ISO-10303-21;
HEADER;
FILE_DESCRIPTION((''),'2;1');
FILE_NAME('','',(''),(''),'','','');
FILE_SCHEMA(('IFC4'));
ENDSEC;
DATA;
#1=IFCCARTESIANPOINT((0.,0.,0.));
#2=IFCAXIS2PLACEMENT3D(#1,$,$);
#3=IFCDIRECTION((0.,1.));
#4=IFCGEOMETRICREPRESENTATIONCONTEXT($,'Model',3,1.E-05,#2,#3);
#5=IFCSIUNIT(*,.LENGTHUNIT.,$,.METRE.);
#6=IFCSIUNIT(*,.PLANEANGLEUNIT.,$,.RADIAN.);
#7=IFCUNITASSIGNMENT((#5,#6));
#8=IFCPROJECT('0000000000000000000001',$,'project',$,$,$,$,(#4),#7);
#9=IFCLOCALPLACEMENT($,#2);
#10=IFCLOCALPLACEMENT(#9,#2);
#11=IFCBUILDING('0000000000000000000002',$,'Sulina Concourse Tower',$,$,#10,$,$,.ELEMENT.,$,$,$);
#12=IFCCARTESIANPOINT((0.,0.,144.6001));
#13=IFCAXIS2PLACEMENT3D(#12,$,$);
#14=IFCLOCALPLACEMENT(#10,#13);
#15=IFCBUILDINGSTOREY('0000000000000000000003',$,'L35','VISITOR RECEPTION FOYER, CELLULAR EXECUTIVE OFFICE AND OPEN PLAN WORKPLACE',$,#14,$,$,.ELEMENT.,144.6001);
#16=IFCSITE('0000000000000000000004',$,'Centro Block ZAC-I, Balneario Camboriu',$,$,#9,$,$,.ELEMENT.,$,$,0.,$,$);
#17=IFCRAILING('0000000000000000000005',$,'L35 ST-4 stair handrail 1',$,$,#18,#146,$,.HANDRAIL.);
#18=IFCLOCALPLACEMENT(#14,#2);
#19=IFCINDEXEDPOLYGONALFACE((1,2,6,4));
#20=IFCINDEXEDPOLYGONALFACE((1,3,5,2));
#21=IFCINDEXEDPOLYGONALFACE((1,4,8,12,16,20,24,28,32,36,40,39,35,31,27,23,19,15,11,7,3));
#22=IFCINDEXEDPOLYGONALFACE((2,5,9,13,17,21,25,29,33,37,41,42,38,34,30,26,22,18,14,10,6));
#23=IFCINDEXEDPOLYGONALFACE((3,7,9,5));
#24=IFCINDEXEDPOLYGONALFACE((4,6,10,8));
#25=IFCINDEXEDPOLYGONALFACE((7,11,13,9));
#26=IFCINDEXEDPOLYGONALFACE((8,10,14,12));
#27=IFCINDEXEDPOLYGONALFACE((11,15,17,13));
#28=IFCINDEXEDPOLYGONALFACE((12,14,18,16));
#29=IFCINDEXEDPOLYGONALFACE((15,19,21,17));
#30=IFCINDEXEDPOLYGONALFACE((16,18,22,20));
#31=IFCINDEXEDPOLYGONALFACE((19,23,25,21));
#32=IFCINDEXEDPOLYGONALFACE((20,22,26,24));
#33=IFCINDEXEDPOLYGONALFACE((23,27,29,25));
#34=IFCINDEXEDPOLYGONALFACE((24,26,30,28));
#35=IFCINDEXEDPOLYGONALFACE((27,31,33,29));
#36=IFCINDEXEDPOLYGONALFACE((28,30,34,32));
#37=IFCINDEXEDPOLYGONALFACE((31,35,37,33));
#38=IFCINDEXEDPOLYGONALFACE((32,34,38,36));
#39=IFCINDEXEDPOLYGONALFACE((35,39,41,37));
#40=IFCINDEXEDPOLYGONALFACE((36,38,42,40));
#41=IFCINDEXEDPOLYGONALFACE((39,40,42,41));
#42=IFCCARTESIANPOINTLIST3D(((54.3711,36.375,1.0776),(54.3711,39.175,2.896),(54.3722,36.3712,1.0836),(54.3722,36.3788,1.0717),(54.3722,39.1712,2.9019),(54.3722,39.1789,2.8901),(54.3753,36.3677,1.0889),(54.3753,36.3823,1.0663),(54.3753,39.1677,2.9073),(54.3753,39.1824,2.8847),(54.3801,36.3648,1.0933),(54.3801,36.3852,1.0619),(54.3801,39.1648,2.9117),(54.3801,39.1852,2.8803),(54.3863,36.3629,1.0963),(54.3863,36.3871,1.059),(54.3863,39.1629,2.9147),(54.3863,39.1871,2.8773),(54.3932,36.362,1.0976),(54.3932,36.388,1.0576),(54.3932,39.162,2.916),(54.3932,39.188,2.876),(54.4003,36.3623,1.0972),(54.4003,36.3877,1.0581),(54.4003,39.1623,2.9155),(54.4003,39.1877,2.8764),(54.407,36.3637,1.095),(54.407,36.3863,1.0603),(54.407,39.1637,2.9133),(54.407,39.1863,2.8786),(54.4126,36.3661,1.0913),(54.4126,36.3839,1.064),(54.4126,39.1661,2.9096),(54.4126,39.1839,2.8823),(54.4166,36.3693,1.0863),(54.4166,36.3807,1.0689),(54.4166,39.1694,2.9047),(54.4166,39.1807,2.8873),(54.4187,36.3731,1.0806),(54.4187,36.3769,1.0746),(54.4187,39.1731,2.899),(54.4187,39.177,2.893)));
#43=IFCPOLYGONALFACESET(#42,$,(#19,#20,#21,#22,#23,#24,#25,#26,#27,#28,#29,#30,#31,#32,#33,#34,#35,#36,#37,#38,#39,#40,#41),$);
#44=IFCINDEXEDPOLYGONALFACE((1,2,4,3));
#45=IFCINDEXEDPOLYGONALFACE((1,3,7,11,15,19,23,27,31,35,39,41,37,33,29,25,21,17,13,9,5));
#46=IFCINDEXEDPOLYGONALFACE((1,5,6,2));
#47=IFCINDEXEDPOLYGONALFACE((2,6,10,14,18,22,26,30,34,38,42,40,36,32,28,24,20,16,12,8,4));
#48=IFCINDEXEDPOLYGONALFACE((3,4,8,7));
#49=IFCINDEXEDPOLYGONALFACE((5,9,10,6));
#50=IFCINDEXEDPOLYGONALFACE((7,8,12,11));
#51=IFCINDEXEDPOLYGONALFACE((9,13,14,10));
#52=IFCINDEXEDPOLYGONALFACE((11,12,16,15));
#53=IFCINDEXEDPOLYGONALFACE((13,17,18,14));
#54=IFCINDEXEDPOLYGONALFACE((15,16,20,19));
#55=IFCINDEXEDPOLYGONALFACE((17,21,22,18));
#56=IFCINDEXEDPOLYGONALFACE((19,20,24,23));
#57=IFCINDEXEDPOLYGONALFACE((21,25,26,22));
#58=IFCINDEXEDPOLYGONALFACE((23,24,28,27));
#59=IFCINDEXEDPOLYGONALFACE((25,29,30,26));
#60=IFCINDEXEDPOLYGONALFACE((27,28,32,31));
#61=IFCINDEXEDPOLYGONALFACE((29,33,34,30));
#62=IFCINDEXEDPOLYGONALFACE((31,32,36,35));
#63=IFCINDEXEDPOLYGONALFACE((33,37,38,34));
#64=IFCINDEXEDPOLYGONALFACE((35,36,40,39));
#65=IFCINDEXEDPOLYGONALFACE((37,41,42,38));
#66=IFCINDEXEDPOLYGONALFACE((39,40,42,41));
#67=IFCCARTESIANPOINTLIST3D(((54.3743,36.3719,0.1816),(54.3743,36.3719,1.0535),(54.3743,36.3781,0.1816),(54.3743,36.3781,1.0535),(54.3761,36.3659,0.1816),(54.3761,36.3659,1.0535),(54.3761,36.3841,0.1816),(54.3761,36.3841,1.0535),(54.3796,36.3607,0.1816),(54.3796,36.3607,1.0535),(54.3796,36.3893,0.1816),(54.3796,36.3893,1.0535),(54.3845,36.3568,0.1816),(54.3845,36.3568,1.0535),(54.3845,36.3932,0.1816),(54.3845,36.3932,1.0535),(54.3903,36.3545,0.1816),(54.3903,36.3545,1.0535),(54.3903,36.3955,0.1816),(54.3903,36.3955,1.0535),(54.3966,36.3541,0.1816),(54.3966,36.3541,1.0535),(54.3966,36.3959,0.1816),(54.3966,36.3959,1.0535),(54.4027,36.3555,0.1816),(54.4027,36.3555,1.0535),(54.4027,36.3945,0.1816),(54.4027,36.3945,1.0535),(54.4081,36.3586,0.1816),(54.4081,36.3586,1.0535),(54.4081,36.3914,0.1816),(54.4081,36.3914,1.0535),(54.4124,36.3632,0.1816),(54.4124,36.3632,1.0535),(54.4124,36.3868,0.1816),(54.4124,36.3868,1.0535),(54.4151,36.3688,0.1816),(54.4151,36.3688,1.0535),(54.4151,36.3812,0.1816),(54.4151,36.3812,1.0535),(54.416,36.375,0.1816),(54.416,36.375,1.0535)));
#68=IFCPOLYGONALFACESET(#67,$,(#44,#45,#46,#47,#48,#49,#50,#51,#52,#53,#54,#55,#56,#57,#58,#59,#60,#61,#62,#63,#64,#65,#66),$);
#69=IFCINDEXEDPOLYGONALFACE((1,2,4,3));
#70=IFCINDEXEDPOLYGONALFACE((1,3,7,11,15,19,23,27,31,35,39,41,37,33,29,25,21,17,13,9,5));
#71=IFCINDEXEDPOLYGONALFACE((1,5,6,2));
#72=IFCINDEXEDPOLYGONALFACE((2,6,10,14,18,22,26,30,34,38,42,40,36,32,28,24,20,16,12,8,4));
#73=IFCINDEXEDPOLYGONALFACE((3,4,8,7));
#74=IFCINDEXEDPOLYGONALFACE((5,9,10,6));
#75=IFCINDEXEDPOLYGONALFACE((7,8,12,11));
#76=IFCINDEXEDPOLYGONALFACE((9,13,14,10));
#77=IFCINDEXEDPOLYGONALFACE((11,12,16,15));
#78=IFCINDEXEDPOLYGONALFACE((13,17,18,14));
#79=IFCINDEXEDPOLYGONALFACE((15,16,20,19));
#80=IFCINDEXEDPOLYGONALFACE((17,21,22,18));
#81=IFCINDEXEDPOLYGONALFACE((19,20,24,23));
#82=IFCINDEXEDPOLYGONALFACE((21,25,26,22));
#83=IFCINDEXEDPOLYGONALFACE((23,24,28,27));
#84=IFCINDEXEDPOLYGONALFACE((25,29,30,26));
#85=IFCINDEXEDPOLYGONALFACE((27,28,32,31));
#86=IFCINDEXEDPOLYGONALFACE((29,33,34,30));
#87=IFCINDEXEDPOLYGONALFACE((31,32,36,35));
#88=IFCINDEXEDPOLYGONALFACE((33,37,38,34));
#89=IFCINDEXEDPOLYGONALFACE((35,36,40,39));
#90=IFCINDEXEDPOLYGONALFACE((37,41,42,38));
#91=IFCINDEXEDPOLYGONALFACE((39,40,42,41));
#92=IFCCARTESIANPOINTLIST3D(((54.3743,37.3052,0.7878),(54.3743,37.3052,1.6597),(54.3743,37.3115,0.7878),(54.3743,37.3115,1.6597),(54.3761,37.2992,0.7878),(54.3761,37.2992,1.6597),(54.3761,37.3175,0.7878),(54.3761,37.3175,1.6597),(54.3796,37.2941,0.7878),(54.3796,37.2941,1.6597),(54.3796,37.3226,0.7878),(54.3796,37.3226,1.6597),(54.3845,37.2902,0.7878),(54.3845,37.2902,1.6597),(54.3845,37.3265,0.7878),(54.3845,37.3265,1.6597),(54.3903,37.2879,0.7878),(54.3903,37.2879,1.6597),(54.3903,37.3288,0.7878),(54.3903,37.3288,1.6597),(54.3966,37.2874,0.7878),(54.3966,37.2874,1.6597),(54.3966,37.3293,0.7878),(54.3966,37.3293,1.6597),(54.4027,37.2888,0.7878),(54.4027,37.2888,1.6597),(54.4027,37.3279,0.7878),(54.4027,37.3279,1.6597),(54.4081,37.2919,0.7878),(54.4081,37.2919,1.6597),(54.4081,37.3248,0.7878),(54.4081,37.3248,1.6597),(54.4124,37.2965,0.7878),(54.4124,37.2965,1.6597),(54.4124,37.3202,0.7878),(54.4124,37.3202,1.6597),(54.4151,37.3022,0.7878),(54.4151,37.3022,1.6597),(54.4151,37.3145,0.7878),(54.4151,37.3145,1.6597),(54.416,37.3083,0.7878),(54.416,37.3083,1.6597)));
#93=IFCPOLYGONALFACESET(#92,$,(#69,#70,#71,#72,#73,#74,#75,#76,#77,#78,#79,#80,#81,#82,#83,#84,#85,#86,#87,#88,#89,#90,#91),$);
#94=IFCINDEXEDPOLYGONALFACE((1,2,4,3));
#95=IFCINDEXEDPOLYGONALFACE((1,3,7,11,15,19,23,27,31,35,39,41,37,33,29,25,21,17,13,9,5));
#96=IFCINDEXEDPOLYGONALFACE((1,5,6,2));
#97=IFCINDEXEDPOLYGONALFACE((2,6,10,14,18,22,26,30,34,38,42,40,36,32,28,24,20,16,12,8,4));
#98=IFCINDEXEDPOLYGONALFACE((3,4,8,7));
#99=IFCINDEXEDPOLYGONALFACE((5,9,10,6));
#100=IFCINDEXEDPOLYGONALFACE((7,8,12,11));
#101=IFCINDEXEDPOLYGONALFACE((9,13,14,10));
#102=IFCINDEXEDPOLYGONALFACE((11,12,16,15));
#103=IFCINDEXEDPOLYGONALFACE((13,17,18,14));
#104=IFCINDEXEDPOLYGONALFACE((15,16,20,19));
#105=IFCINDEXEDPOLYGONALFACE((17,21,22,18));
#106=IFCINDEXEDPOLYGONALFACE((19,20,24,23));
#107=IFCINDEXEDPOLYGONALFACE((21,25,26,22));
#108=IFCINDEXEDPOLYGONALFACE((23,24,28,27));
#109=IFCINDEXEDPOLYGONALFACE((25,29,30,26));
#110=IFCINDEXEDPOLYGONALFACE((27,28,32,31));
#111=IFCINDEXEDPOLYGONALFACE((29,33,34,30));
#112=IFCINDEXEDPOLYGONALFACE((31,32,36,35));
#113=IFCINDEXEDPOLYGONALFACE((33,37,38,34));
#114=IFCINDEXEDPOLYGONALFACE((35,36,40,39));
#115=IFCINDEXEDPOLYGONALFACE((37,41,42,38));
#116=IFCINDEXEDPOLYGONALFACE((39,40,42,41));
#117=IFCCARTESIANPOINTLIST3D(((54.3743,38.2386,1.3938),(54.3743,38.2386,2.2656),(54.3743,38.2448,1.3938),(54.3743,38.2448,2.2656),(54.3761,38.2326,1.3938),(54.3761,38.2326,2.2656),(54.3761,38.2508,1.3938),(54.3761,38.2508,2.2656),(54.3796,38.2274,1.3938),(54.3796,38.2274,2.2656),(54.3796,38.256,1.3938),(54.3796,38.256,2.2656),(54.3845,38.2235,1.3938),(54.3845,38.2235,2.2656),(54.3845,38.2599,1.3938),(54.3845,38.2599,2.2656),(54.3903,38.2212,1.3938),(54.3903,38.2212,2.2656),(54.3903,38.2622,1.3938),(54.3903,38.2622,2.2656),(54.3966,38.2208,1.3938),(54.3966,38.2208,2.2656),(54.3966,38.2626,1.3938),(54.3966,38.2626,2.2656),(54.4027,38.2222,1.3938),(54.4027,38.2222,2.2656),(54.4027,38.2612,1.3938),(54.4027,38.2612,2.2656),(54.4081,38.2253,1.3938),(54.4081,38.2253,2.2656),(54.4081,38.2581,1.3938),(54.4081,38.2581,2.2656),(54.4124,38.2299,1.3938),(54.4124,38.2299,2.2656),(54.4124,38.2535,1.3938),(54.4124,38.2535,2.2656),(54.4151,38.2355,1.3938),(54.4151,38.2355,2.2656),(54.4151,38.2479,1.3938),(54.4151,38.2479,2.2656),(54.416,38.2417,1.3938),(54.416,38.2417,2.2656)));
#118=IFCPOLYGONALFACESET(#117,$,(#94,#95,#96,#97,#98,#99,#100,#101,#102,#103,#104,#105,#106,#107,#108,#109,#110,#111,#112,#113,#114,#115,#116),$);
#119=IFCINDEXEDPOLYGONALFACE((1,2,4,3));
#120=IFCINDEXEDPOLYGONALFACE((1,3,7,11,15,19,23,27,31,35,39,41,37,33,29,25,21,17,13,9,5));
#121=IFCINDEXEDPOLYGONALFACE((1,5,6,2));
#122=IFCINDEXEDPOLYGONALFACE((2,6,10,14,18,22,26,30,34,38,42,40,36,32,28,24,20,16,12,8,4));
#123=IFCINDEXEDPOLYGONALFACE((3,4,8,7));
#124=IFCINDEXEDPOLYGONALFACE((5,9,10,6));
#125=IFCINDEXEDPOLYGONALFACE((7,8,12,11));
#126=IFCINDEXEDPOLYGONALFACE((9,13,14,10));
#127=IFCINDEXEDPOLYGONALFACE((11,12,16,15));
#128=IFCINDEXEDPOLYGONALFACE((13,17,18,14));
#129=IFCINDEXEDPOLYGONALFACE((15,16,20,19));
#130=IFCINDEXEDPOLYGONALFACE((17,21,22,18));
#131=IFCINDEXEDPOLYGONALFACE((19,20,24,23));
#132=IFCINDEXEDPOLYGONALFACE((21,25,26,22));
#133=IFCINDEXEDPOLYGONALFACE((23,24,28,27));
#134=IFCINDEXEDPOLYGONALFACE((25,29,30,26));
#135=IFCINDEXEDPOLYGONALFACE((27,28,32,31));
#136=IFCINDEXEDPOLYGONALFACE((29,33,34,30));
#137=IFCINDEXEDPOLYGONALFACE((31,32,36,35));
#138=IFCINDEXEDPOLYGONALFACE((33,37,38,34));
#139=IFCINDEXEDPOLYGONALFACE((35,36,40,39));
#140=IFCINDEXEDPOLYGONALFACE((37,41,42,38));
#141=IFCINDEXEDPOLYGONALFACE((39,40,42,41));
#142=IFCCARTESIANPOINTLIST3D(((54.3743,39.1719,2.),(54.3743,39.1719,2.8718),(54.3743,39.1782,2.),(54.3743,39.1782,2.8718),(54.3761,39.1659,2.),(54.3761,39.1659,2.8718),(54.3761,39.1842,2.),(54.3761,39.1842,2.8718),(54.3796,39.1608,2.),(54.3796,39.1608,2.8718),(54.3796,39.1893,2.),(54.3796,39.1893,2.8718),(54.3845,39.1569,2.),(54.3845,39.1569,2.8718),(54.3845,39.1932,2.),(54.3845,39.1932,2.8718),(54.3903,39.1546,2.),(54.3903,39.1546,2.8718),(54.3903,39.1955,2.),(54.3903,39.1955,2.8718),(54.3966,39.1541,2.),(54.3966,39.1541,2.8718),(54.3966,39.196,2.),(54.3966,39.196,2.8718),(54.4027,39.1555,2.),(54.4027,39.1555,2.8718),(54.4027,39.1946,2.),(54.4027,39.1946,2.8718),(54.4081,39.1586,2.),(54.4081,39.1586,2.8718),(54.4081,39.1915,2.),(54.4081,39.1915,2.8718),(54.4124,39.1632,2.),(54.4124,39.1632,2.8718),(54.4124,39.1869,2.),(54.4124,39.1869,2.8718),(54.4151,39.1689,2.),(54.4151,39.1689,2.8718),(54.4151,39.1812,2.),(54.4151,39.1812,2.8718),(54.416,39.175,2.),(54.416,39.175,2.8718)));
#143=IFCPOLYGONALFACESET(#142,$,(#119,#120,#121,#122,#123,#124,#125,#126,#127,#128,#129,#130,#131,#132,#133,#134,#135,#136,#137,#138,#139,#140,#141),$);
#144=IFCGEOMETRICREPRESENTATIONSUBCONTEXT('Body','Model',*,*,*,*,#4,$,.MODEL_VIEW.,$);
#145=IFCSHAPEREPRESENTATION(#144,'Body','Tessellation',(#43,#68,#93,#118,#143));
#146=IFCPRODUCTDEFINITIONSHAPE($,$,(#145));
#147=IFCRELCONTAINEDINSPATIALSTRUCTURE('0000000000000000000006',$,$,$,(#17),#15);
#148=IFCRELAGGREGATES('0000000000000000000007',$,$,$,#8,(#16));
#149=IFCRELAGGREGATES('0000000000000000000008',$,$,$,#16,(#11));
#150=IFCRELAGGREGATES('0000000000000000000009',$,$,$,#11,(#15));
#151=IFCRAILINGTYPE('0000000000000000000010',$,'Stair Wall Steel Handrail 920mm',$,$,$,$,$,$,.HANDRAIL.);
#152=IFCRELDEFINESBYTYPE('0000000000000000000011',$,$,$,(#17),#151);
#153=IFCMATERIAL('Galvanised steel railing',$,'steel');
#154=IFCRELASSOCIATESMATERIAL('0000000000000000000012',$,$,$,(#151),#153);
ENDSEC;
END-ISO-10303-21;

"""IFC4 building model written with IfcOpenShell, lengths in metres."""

from ifc_helpers import new_model, si_unit, direction, frame, origin, origin_2d, place, context, subcontext, project, spatial, circle, extrude, material, type_object, element, save


model = new_model("IFC4")

# Units and contexts
model_context = context("Model", 3, precision=1e-05, world=origin(), true_north=direction((0.0, 1.0)))
body_context = subcontext(model_context, "Body", "Model", "MODEL_VIEW")
ifc_project = project(units=[si_unit("LENGTHUNIT", "METRE"), si_unit("PLANEANGLEUNIT", "RADIAN")], contexts=[model_context])

# Site, building, storey
site_placement = place(None, origin())
site = spatial("IfcSite", under=ifc_project, at=site_placement, Name="Centro Block ZAC-I, Balneario Camboriu", CompositionType="ELEMENT", RefElevation=0.0)
building_placement = place(site_placement, origin())
building = spatial("IfcBuilding", under=site, at=building_placement, Name="Sulina Concourse Tower", CompositionType="ELEMENT")
storey_placement = place(building_placement, frame((0.0, 0.0, 144.6001)))
storey = spatial("IfcBuildingStorey", under=building, at=storey_placement, Name="L35", Description="VISITOR RECEPTION FOYER, CELLULAR EXECUTIVE OFFICE AND OPEN PLAN WORKPLACE", CompositionType="ELEMENT", Elevation=144.6001)

# Railing
ifc_material_1 = material(Name="Galvanised steel railing", Category="steel")
railing_type_1 = type_object("IfcRailingType", Name="Stair Wall Steel Handrail 920mm", PredefinedType="HANDRAIL", material=ifc_material_1)
railing_1_placement = place(storey_placement, frame((54.395, 36.375, 0.1816)))
element("IfcRailing", 1, at=railing_1_placement, inside=storey, type_object=railing_type_1, Name="L35 ST-4 stair handrail 1", PredefinedType="HANDRAIL", context=body_context, shape_type="SweptSolid", body=[
    extrude(circle(Radius=0.0239, at=origin_2d()), frame((0.0, 0.0, 0.896), z_axis=(0.0, 0.838672, 0.544636), x_axis=(-1.0, 0.0, 0.0)), (0.0, 0.0, 1.0), 3.3386),
    extrude(circle(Radius=0.021, at=origin_2d()), origin(), (0.0, 0.0, 1.0), 0.8718),
    extrude(circle(Radius=0.021, at=origin_2d()), frame((0.0, 0.9333, 0.6062)), (0.0, 0.0, 1.0), 0.8718),
    extrude(circle(Radius=0.021, at=origin_2d()), frame((0.0, 1.8667, 1.2122)), (0.0, 0.0, 1.0), 0.8718),
    extrude(circle(Radius=0.021, at=origin_2d()), frame((0.0, 2.8, 1.8184)), (0.0, 0.0, 1.0), 0.8718),
])

save(model, "model.ifc")
